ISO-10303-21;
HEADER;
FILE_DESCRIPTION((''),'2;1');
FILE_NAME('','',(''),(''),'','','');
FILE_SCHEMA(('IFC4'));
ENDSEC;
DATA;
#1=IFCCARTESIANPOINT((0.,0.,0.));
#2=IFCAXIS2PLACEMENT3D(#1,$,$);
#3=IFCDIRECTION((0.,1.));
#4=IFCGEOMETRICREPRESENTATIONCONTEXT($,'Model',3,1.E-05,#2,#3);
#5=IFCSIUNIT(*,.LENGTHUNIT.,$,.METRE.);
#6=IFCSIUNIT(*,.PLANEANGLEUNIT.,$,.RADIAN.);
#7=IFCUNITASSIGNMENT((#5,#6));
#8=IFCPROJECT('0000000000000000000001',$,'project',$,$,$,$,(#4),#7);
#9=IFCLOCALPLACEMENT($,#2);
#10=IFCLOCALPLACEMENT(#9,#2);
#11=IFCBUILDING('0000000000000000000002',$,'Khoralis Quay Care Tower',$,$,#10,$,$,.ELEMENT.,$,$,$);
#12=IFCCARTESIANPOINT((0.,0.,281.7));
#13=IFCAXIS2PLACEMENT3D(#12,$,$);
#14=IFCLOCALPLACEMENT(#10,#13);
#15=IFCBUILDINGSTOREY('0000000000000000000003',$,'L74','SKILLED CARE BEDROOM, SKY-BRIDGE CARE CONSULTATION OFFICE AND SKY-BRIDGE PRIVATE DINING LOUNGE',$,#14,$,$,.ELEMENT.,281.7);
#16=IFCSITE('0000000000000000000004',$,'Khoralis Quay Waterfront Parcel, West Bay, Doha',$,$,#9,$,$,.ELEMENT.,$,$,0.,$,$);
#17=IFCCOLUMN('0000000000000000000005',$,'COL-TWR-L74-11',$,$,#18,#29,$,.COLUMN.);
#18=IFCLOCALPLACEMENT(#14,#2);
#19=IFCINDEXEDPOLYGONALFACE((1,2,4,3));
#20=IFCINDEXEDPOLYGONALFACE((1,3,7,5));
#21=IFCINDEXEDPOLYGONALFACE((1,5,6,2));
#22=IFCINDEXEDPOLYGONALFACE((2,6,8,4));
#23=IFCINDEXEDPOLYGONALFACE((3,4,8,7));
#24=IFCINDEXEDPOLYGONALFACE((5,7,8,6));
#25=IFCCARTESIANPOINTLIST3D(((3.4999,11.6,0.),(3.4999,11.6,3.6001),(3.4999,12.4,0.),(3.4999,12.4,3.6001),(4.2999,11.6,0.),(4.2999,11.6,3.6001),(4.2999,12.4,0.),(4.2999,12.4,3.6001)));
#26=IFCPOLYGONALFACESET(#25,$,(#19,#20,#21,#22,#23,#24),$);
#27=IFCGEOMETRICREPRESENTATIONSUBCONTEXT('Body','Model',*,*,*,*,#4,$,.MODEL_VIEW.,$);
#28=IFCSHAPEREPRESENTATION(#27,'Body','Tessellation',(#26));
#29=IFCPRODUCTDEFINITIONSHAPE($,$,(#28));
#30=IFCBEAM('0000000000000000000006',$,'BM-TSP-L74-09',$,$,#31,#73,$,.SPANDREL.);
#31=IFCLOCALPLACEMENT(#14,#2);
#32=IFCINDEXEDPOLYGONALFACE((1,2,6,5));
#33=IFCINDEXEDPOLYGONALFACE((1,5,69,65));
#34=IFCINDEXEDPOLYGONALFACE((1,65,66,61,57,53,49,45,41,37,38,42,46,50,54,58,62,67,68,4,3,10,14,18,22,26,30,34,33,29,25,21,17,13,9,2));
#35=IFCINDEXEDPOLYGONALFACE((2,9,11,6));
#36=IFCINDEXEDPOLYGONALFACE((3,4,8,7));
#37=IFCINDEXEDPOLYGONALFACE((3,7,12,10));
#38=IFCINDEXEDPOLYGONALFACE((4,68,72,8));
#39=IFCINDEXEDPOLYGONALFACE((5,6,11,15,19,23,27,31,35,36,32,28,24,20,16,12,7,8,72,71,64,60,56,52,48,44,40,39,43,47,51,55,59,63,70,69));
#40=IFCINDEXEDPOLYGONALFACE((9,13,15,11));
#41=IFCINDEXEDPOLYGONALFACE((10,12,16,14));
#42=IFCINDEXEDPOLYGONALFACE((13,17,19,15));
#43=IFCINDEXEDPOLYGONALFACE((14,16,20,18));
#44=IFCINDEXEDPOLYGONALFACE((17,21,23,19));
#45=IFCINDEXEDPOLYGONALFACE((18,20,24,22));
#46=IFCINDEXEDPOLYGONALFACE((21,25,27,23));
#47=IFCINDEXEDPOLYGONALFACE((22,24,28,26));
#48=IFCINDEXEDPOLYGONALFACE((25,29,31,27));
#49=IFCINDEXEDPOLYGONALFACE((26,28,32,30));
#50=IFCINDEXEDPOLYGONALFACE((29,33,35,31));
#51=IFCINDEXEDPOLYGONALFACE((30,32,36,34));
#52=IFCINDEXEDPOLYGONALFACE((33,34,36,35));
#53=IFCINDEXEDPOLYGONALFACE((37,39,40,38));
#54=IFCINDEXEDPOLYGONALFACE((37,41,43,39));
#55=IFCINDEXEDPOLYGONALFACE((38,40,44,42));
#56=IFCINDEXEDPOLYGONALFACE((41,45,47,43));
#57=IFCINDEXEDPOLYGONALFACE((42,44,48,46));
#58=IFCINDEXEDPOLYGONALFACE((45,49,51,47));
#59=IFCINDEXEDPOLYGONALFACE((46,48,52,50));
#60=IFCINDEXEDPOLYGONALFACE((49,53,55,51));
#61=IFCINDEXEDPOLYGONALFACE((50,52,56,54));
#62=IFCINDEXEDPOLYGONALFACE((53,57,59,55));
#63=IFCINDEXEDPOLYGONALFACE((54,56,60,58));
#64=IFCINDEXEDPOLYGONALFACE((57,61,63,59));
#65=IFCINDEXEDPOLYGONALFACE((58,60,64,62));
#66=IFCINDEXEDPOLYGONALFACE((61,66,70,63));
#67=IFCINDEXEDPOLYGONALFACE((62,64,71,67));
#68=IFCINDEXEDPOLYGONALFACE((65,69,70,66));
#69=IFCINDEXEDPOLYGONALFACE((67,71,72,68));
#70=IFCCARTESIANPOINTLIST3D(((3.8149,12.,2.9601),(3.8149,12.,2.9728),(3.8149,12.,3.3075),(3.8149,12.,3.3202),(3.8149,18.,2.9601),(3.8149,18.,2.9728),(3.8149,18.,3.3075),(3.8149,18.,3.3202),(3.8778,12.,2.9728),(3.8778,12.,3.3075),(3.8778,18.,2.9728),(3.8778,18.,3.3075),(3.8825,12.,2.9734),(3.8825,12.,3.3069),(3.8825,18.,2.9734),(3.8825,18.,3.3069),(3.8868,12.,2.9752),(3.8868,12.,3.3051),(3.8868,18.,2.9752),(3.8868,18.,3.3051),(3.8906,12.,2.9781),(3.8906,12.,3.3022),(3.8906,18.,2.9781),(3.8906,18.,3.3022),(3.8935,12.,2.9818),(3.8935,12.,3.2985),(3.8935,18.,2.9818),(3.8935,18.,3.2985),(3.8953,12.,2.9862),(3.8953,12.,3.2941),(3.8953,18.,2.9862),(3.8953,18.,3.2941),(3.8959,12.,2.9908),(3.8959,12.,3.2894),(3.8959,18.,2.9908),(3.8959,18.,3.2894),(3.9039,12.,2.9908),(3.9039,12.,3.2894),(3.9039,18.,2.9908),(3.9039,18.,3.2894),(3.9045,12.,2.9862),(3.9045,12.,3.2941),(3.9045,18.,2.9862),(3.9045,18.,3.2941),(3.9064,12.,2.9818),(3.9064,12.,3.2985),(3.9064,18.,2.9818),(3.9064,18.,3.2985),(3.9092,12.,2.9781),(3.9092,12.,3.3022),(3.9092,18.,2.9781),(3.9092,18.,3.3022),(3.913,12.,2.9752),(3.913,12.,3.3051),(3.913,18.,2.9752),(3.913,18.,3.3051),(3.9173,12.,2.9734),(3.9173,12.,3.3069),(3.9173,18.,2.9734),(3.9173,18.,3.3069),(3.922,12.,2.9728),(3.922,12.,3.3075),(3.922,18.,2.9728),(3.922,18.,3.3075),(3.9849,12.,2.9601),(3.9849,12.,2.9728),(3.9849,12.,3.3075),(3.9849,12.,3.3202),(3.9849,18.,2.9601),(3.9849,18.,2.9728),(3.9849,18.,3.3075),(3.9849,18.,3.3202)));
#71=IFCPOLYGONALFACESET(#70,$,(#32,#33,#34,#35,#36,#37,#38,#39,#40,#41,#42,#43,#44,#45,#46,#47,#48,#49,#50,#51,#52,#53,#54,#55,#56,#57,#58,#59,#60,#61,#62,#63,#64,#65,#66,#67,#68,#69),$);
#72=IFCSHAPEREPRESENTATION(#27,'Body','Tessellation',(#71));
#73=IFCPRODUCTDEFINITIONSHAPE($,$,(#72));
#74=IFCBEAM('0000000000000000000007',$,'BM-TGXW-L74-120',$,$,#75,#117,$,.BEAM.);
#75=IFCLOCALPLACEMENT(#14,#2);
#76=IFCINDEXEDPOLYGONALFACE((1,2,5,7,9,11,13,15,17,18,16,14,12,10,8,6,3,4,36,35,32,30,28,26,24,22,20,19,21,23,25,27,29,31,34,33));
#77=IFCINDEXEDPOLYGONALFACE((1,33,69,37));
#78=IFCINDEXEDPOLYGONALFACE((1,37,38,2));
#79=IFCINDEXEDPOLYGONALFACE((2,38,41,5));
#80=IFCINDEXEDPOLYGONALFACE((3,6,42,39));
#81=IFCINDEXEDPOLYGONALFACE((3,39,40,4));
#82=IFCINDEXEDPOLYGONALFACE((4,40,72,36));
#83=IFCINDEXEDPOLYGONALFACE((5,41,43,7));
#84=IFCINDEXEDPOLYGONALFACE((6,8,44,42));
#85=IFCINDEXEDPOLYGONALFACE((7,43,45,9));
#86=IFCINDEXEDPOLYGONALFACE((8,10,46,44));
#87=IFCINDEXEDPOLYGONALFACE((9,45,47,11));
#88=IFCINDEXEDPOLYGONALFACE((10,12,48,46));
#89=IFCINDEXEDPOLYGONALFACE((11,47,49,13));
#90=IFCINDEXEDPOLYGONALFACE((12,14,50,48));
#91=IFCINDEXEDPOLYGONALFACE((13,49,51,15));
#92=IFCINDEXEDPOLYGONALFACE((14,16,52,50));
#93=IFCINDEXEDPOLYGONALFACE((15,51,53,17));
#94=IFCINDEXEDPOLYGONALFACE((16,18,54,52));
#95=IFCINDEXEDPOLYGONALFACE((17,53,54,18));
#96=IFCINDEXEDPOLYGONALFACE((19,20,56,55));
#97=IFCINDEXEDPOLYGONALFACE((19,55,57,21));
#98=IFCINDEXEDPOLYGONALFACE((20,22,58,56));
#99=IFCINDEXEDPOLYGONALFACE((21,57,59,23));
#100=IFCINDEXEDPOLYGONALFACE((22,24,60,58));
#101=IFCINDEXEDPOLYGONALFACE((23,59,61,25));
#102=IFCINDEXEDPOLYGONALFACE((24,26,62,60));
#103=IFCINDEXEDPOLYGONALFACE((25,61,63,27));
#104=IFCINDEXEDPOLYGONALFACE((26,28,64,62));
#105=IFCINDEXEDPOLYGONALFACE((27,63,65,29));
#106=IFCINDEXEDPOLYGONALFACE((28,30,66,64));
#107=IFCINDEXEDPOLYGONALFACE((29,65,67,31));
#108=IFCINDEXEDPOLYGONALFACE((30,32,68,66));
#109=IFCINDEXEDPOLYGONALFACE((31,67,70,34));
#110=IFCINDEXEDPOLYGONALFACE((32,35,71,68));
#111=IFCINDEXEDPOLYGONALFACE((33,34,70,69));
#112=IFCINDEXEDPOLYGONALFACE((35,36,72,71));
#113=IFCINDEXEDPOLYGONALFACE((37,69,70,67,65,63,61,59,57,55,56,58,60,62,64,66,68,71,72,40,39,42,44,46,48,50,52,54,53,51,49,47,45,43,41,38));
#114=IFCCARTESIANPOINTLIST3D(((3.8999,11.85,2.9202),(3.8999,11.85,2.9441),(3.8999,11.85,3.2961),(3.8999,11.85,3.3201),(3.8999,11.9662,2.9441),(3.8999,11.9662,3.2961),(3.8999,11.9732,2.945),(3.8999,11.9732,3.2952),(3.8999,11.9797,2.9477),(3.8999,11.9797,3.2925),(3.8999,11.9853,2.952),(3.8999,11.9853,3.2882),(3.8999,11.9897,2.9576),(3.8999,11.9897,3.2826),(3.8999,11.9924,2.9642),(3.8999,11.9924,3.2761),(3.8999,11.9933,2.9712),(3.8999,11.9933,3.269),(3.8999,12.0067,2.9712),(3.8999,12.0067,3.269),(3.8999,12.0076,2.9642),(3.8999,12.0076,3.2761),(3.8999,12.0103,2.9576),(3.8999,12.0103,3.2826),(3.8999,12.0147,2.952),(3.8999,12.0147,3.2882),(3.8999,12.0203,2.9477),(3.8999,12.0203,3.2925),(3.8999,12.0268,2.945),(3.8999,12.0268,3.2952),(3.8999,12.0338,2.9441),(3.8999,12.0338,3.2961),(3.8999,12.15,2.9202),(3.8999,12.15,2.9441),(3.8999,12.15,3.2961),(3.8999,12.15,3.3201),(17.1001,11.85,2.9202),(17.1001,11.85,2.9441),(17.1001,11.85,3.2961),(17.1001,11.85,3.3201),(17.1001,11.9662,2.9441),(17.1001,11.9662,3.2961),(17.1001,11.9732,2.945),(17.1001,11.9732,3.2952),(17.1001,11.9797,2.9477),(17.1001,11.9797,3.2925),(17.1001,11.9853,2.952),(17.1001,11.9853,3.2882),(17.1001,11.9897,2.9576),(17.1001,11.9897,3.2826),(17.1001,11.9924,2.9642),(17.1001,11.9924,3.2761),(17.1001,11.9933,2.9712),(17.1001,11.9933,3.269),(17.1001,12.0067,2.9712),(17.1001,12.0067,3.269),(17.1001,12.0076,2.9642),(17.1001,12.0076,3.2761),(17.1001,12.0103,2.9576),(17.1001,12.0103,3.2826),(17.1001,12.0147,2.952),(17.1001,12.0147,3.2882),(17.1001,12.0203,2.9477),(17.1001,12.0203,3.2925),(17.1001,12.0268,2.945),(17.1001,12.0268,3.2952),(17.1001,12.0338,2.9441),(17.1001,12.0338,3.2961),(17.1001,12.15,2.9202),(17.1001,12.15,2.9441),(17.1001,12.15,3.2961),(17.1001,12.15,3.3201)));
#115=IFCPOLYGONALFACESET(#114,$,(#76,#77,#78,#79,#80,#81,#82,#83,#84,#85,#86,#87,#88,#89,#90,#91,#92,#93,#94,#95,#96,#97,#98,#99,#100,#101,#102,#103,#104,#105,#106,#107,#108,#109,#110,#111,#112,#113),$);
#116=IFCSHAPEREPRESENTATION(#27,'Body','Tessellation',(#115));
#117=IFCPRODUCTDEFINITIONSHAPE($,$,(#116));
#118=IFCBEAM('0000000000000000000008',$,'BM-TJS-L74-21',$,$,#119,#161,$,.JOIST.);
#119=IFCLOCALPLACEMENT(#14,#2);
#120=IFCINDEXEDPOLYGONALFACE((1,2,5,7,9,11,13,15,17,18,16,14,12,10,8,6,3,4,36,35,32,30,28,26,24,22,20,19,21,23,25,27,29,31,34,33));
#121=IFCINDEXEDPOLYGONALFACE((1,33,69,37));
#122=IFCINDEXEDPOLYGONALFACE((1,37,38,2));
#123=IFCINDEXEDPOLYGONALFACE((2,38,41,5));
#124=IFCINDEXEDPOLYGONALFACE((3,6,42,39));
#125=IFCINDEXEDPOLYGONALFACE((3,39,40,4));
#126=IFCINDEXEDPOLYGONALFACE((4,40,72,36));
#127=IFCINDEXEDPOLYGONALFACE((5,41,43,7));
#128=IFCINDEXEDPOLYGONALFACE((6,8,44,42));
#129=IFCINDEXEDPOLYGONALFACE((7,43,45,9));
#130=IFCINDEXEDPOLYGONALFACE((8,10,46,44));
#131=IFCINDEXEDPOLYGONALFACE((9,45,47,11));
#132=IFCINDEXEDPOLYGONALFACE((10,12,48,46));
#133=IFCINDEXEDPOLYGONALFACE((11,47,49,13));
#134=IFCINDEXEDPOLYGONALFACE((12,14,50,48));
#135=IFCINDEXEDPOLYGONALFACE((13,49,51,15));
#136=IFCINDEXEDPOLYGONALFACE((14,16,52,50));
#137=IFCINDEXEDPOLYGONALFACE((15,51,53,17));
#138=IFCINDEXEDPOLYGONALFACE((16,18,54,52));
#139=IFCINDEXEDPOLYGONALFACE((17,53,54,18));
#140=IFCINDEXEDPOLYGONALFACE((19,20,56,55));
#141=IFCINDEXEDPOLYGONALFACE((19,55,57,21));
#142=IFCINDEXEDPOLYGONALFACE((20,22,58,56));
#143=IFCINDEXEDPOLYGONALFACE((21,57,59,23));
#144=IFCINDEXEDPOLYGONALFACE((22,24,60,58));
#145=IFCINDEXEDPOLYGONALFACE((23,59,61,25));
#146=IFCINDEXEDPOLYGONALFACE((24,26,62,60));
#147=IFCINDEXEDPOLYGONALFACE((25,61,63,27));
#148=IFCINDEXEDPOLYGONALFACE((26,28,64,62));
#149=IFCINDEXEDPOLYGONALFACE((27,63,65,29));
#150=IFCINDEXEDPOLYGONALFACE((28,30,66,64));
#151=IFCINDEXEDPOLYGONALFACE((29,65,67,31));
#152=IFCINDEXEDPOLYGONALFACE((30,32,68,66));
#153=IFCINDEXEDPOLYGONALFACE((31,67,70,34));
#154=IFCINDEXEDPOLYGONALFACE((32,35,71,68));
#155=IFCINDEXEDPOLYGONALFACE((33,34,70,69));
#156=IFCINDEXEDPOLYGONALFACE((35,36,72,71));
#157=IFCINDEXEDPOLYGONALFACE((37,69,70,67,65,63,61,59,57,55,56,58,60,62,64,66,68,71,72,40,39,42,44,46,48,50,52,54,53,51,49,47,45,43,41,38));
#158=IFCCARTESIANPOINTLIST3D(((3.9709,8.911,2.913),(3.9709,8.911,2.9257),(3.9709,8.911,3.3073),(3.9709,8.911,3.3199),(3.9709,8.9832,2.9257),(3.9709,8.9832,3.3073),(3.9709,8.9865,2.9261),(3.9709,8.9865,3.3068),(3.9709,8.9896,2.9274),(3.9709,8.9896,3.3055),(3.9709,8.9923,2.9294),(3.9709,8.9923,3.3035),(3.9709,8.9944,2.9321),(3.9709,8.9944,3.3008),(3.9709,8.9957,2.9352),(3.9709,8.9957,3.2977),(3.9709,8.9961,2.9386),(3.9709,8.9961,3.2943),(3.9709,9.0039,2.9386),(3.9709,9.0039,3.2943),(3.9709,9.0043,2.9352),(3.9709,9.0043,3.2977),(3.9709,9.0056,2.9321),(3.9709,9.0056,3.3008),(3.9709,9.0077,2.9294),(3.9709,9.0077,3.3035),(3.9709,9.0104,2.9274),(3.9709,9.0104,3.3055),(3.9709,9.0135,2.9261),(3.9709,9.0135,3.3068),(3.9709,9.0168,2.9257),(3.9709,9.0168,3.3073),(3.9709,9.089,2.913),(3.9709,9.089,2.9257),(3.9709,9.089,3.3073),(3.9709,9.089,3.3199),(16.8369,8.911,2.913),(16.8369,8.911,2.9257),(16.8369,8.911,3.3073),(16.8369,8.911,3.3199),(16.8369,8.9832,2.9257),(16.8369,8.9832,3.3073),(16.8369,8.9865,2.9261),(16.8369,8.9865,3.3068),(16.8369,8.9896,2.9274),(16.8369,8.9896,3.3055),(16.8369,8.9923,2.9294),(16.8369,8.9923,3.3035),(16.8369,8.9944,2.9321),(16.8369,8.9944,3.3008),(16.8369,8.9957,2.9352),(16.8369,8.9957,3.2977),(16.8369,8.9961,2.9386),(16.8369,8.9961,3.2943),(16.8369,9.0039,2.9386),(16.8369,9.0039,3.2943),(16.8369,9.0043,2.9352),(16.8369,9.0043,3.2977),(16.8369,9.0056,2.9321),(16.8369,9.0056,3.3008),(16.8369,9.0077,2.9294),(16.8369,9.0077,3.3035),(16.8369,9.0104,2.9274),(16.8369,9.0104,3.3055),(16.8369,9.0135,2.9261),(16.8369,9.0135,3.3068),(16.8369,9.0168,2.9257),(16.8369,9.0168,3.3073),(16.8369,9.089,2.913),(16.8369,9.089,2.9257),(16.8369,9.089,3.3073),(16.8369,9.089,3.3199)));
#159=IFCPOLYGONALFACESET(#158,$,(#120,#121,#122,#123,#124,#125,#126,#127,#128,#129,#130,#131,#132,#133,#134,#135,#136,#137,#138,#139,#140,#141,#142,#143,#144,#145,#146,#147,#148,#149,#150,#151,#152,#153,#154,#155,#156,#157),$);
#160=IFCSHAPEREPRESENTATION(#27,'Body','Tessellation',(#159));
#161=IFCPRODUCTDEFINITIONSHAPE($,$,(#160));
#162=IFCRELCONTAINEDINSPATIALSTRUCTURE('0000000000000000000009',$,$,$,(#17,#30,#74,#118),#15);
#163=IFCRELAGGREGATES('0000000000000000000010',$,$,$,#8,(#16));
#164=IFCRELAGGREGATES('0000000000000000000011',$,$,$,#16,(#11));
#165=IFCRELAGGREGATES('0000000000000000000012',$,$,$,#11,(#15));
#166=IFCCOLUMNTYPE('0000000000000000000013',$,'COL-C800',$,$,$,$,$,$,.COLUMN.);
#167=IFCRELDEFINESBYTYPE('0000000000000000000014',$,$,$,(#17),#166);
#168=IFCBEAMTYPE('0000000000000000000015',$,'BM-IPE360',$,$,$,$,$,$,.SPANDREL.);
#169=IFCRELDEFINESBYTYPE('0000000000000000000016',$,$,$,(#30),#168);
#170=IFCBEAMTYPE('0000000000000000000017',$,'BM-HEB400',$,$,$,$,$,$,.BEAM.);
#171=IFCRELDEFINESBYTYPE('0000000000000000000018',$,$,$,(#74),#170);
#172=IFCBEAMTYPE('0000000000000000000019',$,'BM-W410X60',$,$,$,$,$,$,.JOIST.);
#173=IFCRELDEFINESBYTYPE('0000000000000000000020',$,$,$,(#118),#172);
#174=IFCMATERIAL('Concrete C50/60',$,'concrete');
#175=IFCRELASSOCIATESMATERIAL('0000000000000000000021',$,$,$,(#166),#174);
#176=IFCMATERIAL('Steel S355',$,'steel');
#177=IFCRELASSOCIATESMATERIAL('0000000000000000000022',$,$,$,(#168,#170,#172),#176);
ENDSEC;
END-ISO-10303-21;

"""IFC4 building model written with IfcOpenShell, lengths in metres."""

from ifc_helpers import new_model, si_unit, direction, frame, origin, origin_2d, place, context, subcontext, project, spatial, rectangle, i_section, extrude, source, transform, mapped, material, material_profile, profile_set, type_object, element, save


model = new_model("IFC4")

# Units and contexts
model_context = context("Model", 3, precision=1e-05, world=origin(), true_north=direction((0.0, 1.0)))
body_context = subcontext(model_context, "Body", "Model", "MODEL_VIEW")
ifc_project = project(units=[si_unit("LENGTHUNIT", "METRE"), si_unit("PLANEANGLEUNIT", "RADIAN")], contexts=[model_context])

# Site, building, storey
site_placement = place(None, origin())
site = spatial("IfcSite", under=ifc_project, at=site_placement, Name="Khoralis Quay Waterfront Parcel, West Bay, Doha", CompositionType="ELEMENT", RefElevation=0.0)
building_placement = place(site_placement, origin())
building = spatial("IfcBuilding", under=site, at=building_placement, Name="Khoralis Quay Care Tower", CompositionType="ELEMENT")
storey_placement = place(building_placement, frame((0.0, 0.0, 281.7)))
storey = spatial("IfcBuildingStorey", under=building, at=storey_placement, Name="L74", Description="SKILLED CARE BEDROOM, SKY-BRIDGE CARE CONSULTATION OFFICE AND SKY-BRIDGE PRIVATE DINING LOUNGE", CompositionType="ELEMENT", Elevation=281.7)

# Column
ifc_material_1 = material(Name="Concrete C50/60", Category="concrete")
ifc_material_profile_1 = material_profile(ifc_material_1, rectangle(XDim=0.8, YDim=0.8, at=origin_2d()), Name="Concrete C50/60")
ifc_profile_set_1 = profile_set([ifc_material_profile_1], Name="Concrete C50/60")
column_type = type_object("IfcColumnType", Name="COL-C800", PredefinedType="COLUMN", material=ifc_profile_set_1)
shared_shape_1 = source(origin(), body_context, "Body", "SweptSolid", [
    extrude(rectangle(XDim=0.8, YDim=0.8, at=origin_2d()), origin(), (0.0, 0.0, 1.0), 3.6001),
])
column_placement = place(storey_placement, frame((3.8999, 12.0, 0.0), z_axis=(0.0, 0.0, 1.0), x_axis=(1.0, 0.0, 0.0)))
element("IfcColumn", 1, at=column_placement, inside=storey, type_object=column_type, Name="COL-TWR-L74-11", PredefinedType="COLUMN", context=body_context, shape_type="MappedRepresentation", body=[
    mapped(shared_shape_1, transform((0.0, 0.0, 0.0), scale=1.0)),
])

# Beams
ifc_material_2 = material(Name="Steel S355", Category="steel")
ifc_material_profile_2 = material_profile(ifc_material_2, i_section(OverallWidth=0.1699, OverallDepth=0.3601, WebThickness=0.0081, FlangeThickness=0.0127, FilletRadius=0.0181, at=origin_2d()), Name="Steel S355")
ifc_profile_set_2 = profile_set([ifc_material_profile_2], Name="Steel S355")
beam_type_1 = type_object("IfcBeamType", Name="BM-IPE360", PredefinedType="SPANDREL", material=ifc_profile_set_2)
shared_shape_2 = source(origin(), body_context, "Body", "SweptSolid", [
    extrude(i_section(OverallWidth=0.1699, OverallDepth=0.3601, WebThickness=0.0081, FlangeThickness=0.0127, FilletRadius=0.0181, at=origin_2d()), origin(), (0.0, 0.0, 1.0), 6.0),
])
beam_1_placement = place(storey_placement, frame((3.8999, 12.0, 3.1401), z_axis=(0.0, 1.0, 0.0), x_axis=(-1.0, 0.0, 0.0)))
element("IfcBeam", 2, at=beam_1_placement, inside=storey, type_object=beam_type_1, Name="BM-TSP-L74-09", PredefinedType="SPANDREL", context=body_context, shape_type="MappedRepresentation", body=[
    mapped(shared_shape_2, transform((0.0, 0.0, 0.0), scale=1.0)),
])
ifc_material_profile_3 = material_profile(ifc_material_2, i_section(OverallWidth=0.3, OverallDepth=0.3999, WebThickness=0.0134, FlangeThickness=0.0239, FilletRadius=0.0271, at=origin_2d()), Name="Steel S355")
ifc_profile_set_3 = profile_set([ifc_material_profile_3], Name="Steel S355")
beam_type_2 = type_object("IfcBeamType", Name="BM-HEB400", PredefinedType="BEAM", material=ifc_profile_set_3)
shared_shape_3 = source(origin(), body_context, "Body", "SweptSolid", [
    extrude(i_section(OverallWidth=0.3, OverallDepth=0.3999, WebThickness=0.0134, FlangeThickness=0.0239, FilletRadius=0.0271, at=origin_2d()), origin(), (0.0, 0.0, 1.0), 13.2002),
])
beam_2_placement = place(storey_placement, frame((3.8999, 12.0, 3.1201), z_axis=(1.0, 0.0, 0.0), x_axis=(0.0, 1.0, 0.0)))
element("IfcBeam", 3, at=beam_2_placement, inside=storey, type_object=beam_type_2, Name="BM-TGXW-L74-120", PredefinedType="BEAM", context=body_context, shape_type="MappedRepresentation", body=[
    mapped(shared_shape_3, transform((0.0, 0.0, 0.0), scale=1.0)),
])
ifc_material_profile_4 = material_profile(ifc_material_2, i_section(OverallWidth=0.178, OverallDepth=0.407, WebThickness=0.0078, FlangeThickness=0.0127, FilletRadius=0.0129, at=origin_2d()), Name="Steel S355")
ifc_profile_set_4 = profile_set([ifc_material_profile_4], Name="Steel S355")
beam_type_3 = type_object("IfcBeamType", Name="BM-W410X60", PredefinedType="JOIST", material=ifc_profile_set_4)
shared_shape_4 = source(origin(), body_context, "Body", "SweptSolid", [
    extrude(i_section(OverallWidth=0.178, OverallDepth=0.407, WebThickness=0.0078, FlangeThickness=0.0127, FilletRadius=0.0129, at=origin_2d()), origin(), (0.0, 0.0, 1.0), 12.866),
])
beam_3_placement = place(storey_placement, frame((3.9709, 9.0, 3.1165), z_axis=(1.0, 0.0, 0.0), x_axis=(0.0, 1.0, 0.0)))
element("IfcBeam", 4, at=beam_3_placement, inside=storey, type_object=beam_type_3, Name="BM-TJS-L74-21", PredefinedType="JOIST", context=body_context, shape_type="MappedRepresentation", body=[
    mapped(shared_shape_4, transform((0.0, 0.0, 0.0), scale=1.0)),
])

save(model, "model.ifc")
